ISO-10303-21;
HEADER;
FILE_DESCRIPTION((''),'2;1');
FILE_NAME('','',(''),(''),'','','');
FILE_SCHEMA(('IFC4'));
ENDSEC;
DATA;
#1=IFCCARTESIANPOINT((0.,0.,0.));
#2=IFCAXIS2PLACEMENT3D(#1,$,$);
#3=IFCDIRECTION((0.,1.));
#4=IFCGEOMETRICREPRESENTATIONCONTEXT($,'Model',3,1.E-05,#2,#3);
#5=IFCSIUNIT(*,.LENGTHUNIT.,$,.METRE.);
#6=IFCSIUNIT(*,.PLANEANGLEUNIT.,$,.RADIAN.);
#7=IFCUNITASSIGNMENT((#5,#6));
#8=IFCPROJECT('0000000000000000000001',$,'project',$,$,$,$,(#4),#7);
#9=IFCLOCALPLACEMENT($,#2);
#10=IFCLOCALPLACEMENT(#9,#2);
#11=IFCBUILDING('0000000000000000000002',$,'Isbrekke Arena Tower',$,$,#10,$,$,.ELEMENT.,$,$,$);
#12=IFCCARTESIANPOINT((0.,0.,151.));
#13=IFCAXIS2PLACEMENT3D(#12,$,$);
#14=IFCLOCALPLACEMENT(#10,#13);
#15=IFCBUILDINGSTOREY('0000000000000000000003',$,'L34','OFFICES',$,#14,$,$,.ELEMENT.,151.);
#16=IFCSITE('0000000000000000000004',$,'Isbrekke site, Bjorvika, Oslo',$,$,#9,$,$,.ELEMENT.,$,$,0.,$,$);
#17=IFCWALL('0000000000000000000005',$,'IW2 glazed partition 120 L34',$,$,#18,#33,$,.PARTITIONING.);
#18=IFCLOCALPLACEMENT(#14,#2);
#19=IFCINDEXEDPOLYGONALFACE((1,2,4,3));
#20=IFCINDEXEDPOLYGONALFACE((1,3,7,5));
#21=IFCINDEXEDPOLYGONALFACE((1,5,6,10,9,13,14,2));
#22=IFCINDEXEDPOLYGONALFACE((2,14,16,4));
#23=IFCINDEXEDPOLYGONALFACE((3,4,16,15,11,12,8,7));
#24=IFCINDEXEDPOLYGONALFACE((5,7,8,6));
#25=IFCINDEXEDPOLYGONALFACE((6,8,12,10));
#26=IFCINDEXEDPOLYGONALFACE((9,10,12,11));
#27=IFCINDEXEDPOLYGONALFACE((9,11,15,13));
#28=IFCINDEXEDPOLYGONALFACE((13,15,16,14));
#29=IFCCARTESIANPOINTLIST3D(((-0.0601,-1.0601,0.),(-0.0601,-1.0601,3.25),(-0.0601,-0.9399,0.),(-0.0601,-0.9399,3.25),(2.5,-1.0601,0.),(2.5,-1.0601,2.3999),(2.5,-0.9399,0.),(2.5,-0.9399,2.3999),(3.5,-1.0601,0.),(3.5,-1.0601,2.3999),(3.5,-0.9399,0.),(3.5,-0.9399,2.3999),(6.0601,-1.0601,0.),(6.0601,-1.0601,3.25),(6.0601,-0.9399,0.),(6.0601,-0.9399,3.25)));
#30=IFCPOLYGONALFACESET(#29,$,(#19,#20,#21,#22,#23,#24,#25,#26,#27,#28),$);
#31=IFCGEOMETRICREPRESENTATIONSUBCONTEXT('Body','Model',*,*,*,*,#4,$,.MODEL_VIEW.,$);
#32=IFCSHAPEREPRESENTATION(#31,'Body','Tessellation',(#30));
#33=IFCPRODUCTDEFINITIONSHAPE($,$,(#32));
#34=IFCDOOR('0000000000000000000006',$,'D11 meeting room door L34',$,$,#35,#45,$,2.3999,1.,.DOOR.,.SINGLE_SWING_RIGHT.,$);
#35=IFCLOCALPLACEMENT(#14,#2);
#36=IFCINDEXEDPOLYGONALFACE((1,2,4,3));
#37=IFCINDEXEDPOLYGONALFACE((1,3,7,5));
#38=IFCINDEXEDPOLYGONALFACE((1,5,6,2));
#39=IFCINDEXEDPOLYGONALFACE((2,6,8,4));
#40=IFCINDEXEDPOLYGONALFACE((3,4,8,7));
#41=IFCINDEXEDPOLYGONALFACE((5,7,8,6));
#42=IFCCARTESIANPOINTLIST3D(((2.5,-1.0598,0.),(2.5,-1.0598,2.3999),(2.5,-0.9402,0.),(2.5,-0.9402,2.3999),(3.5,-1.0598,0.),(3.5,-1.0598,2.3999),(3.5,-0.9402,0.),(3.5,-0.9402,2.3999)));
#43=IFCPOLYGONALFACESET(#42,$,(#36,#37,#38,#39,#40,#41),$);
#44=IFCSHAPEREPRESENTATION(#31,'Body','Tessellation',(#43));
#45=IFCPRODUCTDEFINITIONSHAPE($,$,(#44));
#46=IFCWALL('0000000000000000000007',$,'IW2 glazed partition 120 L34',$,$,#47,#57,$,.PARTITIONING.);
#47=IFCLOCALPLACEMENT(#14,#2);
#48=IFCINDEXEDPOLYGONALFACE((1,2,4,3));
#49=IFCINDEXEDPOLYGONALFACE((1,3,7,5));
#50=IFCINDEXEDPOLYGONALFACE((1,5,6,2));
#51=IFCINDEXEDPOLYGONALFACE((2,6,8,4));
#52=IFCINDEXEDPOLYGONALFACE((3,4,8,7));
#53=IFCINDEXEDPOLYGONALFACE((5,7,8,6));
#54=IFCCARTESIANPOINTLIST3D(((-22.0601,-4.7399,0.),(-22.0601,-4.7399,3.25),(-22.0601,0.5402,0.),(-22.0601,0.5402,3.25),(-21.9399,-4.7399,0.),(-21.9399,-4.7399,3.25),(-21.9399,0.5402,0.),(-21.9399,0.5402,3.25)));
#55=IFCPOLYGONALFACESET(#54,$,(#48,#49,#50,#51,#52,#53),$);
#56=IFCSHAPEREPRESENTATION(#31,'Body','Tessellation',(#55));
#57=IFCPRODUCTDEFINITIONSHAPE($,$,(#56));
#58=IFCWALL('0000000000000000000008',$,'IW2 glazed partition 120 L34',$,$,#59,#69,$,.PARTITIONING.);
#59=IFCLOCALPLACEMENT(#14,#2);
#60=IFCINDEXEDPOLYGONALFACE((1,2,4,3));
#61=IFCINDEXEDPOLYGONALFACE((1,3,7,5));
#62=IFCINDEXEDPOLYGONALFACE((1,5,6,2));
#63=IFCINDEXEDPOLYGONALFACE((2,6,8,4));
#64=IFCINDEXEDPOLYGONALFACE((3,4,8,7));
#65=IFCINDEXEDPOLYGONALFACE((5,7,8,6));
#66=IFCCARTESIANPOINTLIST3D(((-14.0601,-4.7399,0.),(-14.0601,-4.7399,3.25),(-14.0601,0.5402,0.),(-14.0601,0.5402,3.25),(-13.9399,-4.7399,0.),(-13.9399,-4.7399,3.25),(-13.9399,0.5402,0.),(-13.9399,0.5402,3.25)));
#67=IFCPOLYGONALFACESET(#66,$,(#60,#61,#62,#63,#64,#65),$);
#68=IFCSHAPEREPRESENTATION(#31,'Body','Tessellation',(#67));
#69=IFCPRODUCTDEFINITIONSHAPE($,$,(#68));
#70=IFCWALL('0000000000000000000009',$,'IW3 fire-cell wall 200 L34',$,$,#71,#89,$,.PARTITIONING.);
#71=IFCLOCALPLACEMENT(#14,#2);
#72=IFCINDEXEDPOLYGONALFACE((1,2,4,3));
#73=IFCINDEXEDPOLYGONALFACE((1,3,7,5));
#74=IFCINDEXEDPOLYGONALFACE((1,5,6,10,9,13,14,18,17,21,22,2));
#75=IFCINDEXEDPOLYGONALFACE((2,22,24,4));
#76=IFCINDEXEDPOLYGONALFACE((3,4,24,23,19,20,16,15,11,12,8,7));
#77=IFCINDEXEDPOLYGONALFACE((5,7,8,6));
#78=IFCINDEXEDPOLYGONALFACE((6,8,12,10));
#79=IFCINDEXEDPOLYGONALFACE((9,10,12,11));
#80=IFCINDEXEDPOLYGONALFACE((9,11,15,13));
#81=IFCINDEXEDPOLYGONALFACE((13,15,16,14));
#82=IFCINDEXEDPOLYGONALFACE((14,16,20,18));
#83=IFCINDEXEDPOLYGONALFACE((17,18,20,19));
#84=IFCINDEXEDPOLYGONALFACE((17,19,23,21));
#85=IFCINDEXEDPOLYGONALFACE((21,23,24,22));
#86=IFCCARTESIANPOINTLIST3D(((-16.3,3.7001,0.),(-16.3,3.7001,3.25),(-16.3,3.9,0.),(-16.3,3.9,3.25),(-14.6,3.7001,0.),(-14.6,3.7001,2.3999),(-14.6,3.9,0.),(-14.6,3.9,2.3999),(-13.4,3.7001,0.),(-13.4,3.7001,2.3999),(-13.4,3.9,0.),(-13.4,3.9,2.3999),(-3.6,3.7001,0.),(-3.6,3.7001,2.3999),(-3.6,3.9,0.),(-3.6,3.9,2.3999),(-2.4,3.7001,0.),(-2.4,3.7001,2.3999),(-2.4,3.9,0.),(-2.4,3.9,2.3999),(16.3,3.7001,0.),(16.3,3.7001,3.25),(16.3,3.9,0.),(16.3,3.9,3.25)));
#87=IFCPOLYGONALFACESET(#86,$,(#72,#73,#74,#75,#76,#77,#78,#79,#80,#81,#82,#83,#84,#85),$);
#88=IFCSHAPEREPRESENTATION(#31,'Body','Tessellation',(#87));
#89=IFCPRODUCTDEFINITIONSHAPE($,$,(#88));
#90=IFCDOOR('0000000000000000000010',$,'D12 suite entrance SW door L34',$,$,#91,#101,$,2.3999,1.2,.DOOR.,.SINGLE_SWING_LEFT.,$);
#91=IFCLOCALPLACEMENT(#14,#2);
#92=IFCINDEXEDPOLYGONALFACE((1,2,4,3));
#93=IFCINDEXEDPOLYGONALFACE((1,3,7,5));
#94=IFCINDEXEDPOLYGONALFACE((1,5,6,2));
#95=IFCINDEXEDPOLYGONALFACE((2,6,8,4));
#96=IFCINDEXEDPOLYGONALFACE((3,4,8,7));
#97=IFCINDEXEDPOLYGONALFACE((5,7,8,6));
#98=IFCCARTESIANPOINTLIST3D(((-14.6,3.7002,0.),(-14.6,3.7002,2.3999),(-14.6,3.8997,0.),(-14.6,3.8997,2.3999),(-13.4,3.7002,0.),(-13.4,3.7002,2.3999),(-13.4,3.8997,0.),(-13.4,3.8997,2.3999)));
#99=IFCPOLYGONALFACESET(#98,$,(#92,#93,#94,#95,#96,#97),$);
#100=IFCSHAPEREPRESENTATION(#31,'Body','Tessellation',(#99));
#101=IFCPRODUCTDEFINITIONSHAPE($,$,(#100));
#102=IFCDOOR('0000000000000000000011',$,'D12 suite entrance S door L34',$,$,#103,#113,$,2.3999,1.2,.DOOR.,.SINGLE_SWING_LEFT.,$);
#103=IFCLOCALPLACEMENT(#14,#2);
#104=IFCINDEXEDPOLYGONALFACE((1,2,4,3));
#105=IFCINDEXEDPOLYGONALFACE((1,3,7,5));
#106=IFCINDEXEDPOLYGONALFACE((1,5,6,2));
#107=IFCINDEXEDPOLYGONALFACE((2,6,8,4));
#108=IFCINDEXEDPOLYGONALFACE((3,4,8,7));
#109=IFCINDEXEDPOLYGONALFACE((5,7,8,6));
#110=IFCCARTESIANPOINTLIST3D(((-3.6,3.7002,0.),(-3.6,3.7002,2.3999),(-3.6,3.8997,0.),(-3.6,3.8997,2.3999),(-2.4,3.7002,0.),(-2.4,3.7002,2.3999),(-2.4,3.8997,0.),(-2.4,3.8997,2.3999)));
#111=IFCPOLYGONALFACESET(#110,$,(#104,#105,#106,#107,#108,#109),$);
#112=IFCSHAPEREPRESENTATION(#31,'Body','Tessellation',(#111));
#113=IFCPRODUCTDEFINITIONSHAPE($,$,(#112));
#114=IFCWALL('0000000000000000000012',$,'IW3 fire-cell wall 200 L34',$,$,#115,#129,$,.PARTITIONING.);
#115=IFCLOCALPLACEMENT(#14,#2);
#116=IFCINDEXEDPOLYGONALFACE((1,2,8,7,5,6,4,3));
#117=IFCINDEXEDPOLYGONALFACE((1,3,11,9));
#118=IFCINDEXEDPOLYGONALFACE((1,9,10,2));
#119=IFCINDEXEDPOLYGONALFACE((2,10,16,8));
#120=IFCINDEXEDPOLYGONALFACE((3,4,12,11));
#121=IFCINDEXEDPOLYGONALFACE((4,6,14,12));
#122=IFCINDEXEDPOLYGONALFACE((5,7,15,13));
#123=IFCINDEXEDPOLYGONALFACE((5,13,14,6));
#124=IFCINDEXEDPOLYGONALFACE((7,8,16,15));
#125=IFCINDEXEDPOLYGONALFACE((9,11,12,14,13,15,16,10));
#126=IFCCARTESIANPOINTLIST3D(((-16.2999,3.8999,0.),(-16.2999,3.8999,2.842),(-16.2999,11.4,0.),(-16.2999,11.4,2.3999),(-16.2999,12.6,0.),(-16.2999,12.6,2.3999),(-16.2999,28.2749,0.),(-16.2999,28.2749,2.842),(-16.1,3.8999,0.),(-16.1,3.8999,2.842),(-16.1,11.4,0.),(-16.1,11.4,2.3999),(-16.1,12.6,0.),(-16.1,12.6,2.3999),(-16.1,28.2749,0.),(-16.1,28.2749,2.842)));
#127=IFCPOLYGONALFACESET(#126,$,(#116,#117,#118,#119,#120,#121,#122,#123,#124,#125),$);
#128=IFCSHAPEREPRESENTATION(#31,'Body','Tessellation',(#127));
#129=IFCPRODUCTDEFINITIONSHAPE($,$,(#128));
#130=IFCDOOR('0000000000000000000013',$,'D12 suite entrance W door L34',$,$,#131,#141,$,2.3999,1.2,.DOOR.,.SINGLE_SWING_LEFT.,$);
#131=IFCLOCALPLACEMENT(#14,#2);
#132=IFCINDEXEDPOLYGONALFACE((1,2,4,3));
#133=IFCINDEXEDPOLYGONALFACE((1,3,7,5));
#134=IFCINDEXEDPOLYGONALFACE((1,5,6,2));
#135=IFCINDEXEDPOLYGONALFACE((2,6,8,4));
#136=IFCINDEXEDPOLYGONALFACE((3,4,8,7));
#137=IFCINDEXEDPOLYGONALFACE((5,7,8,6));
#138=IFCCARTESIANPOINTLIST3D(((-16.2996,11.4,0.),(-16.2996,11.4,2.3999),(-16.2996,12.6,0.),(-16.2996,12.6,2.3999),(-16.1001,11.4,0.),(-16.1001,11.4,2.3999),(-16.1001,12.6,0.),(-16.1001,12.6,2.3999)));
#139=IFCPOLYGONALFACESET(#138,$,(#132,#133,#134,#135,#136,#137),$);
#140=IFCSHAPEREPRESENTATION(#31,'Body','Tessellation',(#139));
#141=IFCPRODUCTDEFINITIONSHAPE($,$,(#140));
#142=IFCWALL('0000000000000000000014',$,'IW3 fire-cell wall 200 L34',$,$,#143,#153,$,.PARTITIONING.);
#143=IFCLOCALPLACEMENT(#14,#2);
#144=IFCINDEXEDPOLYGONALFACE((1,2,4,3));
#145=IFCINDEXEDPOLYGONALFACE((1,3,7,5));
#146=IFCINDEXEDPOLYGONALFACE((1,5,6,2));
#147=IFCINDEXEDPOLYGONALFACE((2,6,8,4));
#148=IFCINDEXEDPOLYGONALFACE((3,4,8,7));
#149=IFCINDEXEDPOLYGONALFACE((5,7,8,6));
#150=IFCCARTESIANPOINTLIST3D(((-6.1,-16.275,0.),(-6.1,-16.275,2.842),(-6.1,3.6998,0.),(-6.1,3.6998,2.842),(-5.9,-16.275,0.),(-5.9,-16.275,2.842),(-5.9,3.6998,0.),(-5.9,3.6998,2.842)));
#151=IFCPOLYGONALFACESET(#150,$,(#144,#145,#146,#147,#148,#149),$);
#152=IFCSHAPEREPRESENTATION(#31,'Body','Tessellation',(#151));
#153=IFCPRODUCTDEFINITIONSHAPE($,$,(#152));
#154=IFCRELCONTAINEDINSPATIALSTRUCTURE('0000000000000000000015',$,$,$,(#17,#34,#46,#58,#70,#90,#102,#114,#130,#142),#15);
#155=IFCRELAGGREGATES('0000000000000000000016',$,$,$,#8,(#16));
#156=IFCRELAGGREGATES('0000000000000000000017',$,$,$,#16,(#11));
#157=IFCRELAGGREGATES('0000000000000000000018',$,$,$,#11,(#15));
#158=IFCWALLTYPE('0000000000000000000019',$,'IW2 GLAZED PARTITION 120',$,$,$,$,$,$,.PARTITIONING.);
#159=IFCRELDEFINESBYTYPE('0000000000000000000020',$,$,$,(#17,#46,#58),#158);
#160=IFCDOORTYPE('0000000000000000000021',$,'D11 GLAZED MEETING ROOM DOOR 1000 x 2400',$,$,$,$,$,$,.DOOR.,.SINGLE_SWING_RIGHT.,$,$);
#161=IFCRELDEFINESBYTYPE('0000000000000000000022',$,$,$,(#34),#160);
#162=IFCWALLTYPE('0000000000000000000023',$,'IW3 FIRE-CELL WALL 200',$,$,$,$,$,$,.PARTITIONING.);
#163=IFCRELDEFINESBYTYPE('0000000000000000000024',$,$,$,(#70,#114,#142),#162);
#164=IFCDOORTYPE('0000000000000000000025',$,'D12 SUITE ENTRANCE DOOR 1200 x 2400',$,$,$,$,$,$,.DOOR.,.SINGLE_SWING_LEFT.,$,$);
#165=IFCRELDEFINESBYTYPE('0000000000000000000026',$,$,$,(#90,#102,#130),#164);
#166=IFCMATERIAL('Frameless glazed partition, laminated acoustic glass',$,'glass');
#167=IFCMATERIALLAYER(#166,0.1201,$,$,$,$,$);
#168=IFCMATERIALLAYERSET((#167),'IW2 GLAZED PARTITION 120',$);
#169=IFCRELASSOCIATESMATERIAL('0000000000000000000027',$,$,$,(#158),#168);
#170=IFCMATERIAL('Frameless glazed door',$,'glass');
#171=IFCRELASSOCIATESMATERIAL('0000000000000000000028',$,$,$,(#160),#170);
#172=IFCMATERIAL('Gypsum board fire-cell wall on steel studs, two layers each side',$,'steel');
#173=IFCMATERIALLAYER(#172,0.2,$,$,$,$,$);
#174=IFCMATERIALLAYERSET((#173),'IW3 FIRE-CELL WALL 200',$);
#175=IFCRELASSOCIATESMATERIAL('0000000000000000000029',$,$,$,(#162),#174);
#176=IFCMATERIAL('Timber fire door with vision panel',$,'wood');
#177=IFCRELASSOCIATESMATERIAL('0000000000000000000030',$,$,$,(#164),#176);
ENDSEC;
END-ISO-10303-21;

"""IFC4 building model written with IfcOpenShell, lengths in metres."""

from ifc_helpers import new_model, si_unit, direction, frame, frame_2d, origin, place, context, subcontext, project, spatial, rectangle, extrude, material, layer, layer_set, type_object, element, fill, save


model = new_model("IFC4")

# Units and contexts
model_context = context("Model", 3, precision=1e-05, world=origin(), true_north=direction((0.0, 1.0)))
body_context = subcontext(model_context, "Body", "Model", "MODEL_VIEW")
ifc_project = project(units=[si_unit("LENGTHUNIT", "METRE"), si_unit("PLANEANGLEUNIT", "RADIAN")], contexts=[model_context])

# Site, building, storey
site_placement = place(None, origin())
site = spatial("IfcSite", under=ifc_project, at=site_placement, Name="Isbrekke site, Bjorvika, Oslo", CompositionType="ELEMENT", RefElevation=0.0)
building_placement = place(site_placement, origin())
building = spatial("IfcBuilding", under=site, at=building_placement, Name="Isbrekke Arena Tower", CompositionType="ELEMENT")
storey_placement = place(building_placement, frame((0.0, 0.0, 151.0)))
storey = spatial("IfcBuildingStorey", under=building, at=storey_placement, Name="L34", Description="OFFICES", CompositionType="ELEMENT", Elevation=151.0)

# Wall, opening, door
ifc_material_1 = material(Name="Frameless glazed partition, laminated acoustic glass", Category="glass")
ifc_layer_1 = layer(ifc_material_1, 0.1201)
ifc_layer_set_1 = layer_set([ifc_layer_1], Name="IW2 GLAZED PARTITION 120")
wall_type_1 = type_object("IfcWallType", Name="IW2 GLAZED PARTITION 120", PredefinedType="PARTITIONING", material=ifc_layer_set_1)
wall_1_placement = place(storey_placement, frame((-0.0601, -1.0, 0.0), z_axis=(0.0, 0.0, 1.0), x_axis=(1.0, 0.0, 0.0)))
wall_1 = element("IfcWall", 1, at=wall_1_placement, inside=storey, type_object=wall_type_1, Name="IW2 glazed partition 120 L34", PredefinedType="PARTITIONING", context=body_context, shape_type="SweptSolid", body=[
    extrude(rectangle(XDim=6.1201, YDim=0.1201, at=frame_2d((3.0601, 0.0))), origin(), (0.0, 0.0, 1.0), 3.25),
])
opening_1_placement = place(wall_1_placement, frame((2.5601, 0.0, 0.0)))
opening_1 = element("IfcOpeningElement", 2, at=opening_1_placement, cuts=wall_1, PredefinedType="OPENING", context=body_context, shape_type="SweptSolid", body=[
    extrude(rectangle(XDim=1.0, YDim=2.3999, at=frame_2d((0.5, 1.2))), frame((0.0, 0.075, 0.0), z_axis=(0.0, -1.0, 0.0), x_axis=(1.0, 0.0, 0.0)), (0.0, 0.0, 1.0), 0.1499),
])
ifc_material_2 = material(Name="Frameless glazed door", Category="glass")
door_type_1 = type_object("IfcDoorType", Name="D11 GLAZED MEETING ROOM DOOR 1000 x 2400", OperationType="SINGLE_SWING_RIGHT", PredefinedType="DOOR", material=ifc_material_2)
door_1_placement = place(opening_1_placement, origin())
door_1 = element("IfcDoor", 3, at=door_1_placement, inside=storey, type_object=door_type_1, Name="D11 meeting room door L34", OperationType="SINGLE_SWING_RIGHT", OverallHeight=2.3999, OverallWidth=1.0, PredefinedType="DOOR", context=body_context, shape_type="SweptSolid", body=[
    extrude(rectangle(XDim=1.0, YDim=2.3999, at=frame_2d((0.5, 1.2))), frame((0.0, 0.0598, 0.0), z_axis=(0.0, -1.0, 0.0), x_axis=(1.0, 0.0, 0.0)), (0.0, 0.0, 1.0), 0.1196),
])
fill(opening_1, door_1)

# Walls
for number, where, z_axis, x_axis, name in (
    (4, (-22.0, -4.74, 0.0), (0.0, 0.0, 1.0), (0.0, 1.0, 0.0), "IW2 glazed partition 120 L34"),
    (5, (-14.0, -4.74, 0.0), (0.0, 0.0, 1.0), (0.0, 1.0, 0.0), "IW2 glazed partition 120 L34"),
):
    element("IfcWall", number, at=place(storey_placement, frame(where, z_axis=z_axis, x_axis=x_axis)), inside=storey, type_object=wall_type_1, Name=name, PredefinedType="PARTITIONING", context=body_context, shape_type="SweptSolid", body=[
        extrude(rectangle(XDim=5.28, YDim=0.1201, at=frame_2d((2.6401, 0.0))), origin(), (0.0, 0.0, 1.0), 3.25),
    ])

# Wall, openings, doors
ifc_material_3 = material(Name="Gypsum board fire-cell wall on steel studs, two layers each side", Category="steel")
ifc_layer_2 = layer(ifc_material_3, 0.2)
ifc_layer_set_2 = layer_set([ifc_layer_2], Name="IW3 FIRE-CELL WALL 200")
wall_type_2 = type_object("IfcWallType", Name="IW3 FIRE-CELL WALL 200", PredefinedType="PARTITIONING", material=ifc_layer_set_2)
wall_2_placement = place(storey_placement, frame((-16.3, 3.8, 0.0), z_axis=(0.0, 0.0, 1.0), x_axis=(1.0, 0.0, 0.0)))
wall_2 = element("IfcWall", 6, at=wall_2_placement, inside=storey, type_object=wall_type_2, Name="IW3 fire-cell wall 200 L34", PredefinedType="PARTITIONING", context=body_context, shape_type="SweptSolid", body=[
    extrude(rectangle(XDim=32.6001, YDim=0.2, at=frame_2d((16.3, 0.0))), origin(), (0.0, 0.0, 1.0), 3.25),
])
opening_2_placement = place(wall_2_placement, frame((1.7, 0.0, 0.0)))
opening_2 = element("IfcOpeningElement", 7, at=opening_2_placement, cuts=wall_2, PredefinedType="OPENING", context=body_context, shape_type="SweptSolid", body=[
    extrude(rectangle(XDim=1.2, YDim=2.3999, at=frame_2d((0.6001, 1.2))), frame((0.0, 0.1147, 0.0), z_axis=(0.0, -1.0, 0.0), x_axis=(1.0, 0.0, 0.0)), (0.0, 0.0, 1.0), 0.2297),
])
opening_3_placement = place(wall_2_placement, frame((12.7, 0.0, 0.0)))
opening_3 = element("IfcOpeningElement", 8, at=opening_3_placement, cuts=wall_2, PredefinedType="OPENING", context=body_context, shape_type="SweptSolid", body=[
    extrude(rectangle(XDim=1.2, YDim=2.3999, at=frame_2d((0.6001, 1.2))), frame((0.0, 0.1147, 0.0), z_axis=(0.0, -1.0, 0.0), x_axis=(1.0, 0.0, 0.0)), (0.0, 0.0, 1.0), 0.2297),
])
ifc_material_4 = material(Name="Timber fire door with vision panel", Category="wood")
door_type_2 = type_object("IfcDoorType", Name="D12 SUITE ENTRANCE DOOR 1200 x 2400", OperationType="SINGLE_SWING_LEFT", PredefinedType="DOOR", material=ifc_material_4)
door_2_placement = place(opening_2_placement, origin())
door_2 = element("IfcDoor", 9, at=door_2_placement, inside=storey, type_object=door_type_2, Name="D12 suite entrance SW door L34", OperationType="SINGLE_SWING_LEFT", OverallHeight=2.3999, OverallWidth=1.2, PredefinedType="DOOR", context=body_context, shape_type="SweptSolid", body=[
    extrude(rectangle(XDim=1.2, YDim=2.3999, at=frame_2d((0.6001, 1.2))), frame((0.0, 0.0996, 0.0), z_axis=(0.0, -1.0, 0.0), x_axis=(1.0, 0.0, 0.0)), (0.0, 0.0, 1.0), 0.1995),
])
fill(opening_2, door_2)
door_3_placement = place(opening_3_placement, origin())
door_3 = element("IfcDoor", 10, at=door_3_placement, inside=storey, type_object=door_type_2, Name="D12 suite entrance S door L34", OperationType="SINGLE_SWING_LEFT", OverallHeight=2.3999, OverallWidth=1.2, PredefinedType="DOOR", context=body_context, shape_type="SweptSolid", body=[
    extrude(rectangle(XDim=1.2, YDim=2.3999, at=frame_2d((0.6001, 1.2))), frame((0.0, 0.0996, 0.0), z_axis=(0.0, -1.0, 0.0), x_axis=(1.0, 0.0, 0.0)), (0.0, 0.0, 1.0), 0.1995),
])
fill(opening_3, door_3)

# Wall, opening, door
wall_3_placement = place(storey_placement, frame((-16.2, 3.8999, 0.0), z_axis=(0.0, 0.0, 1.0), x_axis=(0.0, 1.0, 0.0)))
wall_3 = element("IfcWall", 11, at=wall_3_placement, inside=storey, type_object=wall_type_2, Name="IW3 fire-cell wall 200 L34", PredefinedType="PARTITIONING", context=body_context, shape_type="SweptSolid", body=[
    extrude(rectangle(XDim=24.375, YDim=0.2, at=frame_2d((12.1875, 0.0))), origin(), (0.0, 0.0, 1.0), 2.842),
])
opening_4_placement = place(wall_3_placement, frame((7.5, 0.0, 0.0)))
opening_4 = element("IfcOpeningElement", 12, at=opening_4_placement, cuts=wall_3, PredefinedType="OPENING", context=body_context, shape_type="SweptSolid", body=[
    extrude(rectangle(XDim=1.2, YDim=2.3999, at=frame_2d((0.6001, 1.2))), frame((0.0, 0.1147, 0.0), z_axis=(0.0, -1.0, 0.0), x_axis=(1.0, 0.0, 0.0)), (0.0, 0.0, 1.0), 0.2297),
])
door_4_placement = place(opening_4_placement, origin())
door_4 = element("IfcDoor", 13, at=door_4_placement, inside=storey, type_object=door_type_2, Name="D12 suite entrance W door L34", OperationType="SINGLE_SWING_LEFT", OverallHeight=2.3999, OverallWidth=1.2, PredefinedType="DOOR", context=body_context, shape_type="SweptSolid", body=[
    extrude(rectangle(XDim=1.2, YDim=2.3999, at=frame_2d((0.6001, 1.2))), frame((0.0, 0.0996, 0.0), z_axis=(0.0, -1.0, 0.0), x_axis=(1.0, 0.0, 0.0)), (0.0, 0.0, 1.0), 0.1995),
])
fill(opening_4, door_4)

# Wall
wall_4_placement = place(storey_placement, frame((-6.0, -16.2749, 0.0), z_axis=(0.0, 0.0, 1.0), x_axis=(0.0, 1.0, 0.0)))
element("IfcWall", 14, at=wall_4_placement, inside=storey, type_object=wall_type_2, Name="IW3 fire-cell wall 200 L34", PredefinedType="PARTITIONING", context=body_context, shape_type="SweptSolid", body=[
    extrude(rectangle(XDim=19.9749, YDim=0.2, at=frame_2d((9.9873, 0.0))), origin(), (0.0, 0.0, 1.0), 2.842),
])

save(model, "model.ifc")
